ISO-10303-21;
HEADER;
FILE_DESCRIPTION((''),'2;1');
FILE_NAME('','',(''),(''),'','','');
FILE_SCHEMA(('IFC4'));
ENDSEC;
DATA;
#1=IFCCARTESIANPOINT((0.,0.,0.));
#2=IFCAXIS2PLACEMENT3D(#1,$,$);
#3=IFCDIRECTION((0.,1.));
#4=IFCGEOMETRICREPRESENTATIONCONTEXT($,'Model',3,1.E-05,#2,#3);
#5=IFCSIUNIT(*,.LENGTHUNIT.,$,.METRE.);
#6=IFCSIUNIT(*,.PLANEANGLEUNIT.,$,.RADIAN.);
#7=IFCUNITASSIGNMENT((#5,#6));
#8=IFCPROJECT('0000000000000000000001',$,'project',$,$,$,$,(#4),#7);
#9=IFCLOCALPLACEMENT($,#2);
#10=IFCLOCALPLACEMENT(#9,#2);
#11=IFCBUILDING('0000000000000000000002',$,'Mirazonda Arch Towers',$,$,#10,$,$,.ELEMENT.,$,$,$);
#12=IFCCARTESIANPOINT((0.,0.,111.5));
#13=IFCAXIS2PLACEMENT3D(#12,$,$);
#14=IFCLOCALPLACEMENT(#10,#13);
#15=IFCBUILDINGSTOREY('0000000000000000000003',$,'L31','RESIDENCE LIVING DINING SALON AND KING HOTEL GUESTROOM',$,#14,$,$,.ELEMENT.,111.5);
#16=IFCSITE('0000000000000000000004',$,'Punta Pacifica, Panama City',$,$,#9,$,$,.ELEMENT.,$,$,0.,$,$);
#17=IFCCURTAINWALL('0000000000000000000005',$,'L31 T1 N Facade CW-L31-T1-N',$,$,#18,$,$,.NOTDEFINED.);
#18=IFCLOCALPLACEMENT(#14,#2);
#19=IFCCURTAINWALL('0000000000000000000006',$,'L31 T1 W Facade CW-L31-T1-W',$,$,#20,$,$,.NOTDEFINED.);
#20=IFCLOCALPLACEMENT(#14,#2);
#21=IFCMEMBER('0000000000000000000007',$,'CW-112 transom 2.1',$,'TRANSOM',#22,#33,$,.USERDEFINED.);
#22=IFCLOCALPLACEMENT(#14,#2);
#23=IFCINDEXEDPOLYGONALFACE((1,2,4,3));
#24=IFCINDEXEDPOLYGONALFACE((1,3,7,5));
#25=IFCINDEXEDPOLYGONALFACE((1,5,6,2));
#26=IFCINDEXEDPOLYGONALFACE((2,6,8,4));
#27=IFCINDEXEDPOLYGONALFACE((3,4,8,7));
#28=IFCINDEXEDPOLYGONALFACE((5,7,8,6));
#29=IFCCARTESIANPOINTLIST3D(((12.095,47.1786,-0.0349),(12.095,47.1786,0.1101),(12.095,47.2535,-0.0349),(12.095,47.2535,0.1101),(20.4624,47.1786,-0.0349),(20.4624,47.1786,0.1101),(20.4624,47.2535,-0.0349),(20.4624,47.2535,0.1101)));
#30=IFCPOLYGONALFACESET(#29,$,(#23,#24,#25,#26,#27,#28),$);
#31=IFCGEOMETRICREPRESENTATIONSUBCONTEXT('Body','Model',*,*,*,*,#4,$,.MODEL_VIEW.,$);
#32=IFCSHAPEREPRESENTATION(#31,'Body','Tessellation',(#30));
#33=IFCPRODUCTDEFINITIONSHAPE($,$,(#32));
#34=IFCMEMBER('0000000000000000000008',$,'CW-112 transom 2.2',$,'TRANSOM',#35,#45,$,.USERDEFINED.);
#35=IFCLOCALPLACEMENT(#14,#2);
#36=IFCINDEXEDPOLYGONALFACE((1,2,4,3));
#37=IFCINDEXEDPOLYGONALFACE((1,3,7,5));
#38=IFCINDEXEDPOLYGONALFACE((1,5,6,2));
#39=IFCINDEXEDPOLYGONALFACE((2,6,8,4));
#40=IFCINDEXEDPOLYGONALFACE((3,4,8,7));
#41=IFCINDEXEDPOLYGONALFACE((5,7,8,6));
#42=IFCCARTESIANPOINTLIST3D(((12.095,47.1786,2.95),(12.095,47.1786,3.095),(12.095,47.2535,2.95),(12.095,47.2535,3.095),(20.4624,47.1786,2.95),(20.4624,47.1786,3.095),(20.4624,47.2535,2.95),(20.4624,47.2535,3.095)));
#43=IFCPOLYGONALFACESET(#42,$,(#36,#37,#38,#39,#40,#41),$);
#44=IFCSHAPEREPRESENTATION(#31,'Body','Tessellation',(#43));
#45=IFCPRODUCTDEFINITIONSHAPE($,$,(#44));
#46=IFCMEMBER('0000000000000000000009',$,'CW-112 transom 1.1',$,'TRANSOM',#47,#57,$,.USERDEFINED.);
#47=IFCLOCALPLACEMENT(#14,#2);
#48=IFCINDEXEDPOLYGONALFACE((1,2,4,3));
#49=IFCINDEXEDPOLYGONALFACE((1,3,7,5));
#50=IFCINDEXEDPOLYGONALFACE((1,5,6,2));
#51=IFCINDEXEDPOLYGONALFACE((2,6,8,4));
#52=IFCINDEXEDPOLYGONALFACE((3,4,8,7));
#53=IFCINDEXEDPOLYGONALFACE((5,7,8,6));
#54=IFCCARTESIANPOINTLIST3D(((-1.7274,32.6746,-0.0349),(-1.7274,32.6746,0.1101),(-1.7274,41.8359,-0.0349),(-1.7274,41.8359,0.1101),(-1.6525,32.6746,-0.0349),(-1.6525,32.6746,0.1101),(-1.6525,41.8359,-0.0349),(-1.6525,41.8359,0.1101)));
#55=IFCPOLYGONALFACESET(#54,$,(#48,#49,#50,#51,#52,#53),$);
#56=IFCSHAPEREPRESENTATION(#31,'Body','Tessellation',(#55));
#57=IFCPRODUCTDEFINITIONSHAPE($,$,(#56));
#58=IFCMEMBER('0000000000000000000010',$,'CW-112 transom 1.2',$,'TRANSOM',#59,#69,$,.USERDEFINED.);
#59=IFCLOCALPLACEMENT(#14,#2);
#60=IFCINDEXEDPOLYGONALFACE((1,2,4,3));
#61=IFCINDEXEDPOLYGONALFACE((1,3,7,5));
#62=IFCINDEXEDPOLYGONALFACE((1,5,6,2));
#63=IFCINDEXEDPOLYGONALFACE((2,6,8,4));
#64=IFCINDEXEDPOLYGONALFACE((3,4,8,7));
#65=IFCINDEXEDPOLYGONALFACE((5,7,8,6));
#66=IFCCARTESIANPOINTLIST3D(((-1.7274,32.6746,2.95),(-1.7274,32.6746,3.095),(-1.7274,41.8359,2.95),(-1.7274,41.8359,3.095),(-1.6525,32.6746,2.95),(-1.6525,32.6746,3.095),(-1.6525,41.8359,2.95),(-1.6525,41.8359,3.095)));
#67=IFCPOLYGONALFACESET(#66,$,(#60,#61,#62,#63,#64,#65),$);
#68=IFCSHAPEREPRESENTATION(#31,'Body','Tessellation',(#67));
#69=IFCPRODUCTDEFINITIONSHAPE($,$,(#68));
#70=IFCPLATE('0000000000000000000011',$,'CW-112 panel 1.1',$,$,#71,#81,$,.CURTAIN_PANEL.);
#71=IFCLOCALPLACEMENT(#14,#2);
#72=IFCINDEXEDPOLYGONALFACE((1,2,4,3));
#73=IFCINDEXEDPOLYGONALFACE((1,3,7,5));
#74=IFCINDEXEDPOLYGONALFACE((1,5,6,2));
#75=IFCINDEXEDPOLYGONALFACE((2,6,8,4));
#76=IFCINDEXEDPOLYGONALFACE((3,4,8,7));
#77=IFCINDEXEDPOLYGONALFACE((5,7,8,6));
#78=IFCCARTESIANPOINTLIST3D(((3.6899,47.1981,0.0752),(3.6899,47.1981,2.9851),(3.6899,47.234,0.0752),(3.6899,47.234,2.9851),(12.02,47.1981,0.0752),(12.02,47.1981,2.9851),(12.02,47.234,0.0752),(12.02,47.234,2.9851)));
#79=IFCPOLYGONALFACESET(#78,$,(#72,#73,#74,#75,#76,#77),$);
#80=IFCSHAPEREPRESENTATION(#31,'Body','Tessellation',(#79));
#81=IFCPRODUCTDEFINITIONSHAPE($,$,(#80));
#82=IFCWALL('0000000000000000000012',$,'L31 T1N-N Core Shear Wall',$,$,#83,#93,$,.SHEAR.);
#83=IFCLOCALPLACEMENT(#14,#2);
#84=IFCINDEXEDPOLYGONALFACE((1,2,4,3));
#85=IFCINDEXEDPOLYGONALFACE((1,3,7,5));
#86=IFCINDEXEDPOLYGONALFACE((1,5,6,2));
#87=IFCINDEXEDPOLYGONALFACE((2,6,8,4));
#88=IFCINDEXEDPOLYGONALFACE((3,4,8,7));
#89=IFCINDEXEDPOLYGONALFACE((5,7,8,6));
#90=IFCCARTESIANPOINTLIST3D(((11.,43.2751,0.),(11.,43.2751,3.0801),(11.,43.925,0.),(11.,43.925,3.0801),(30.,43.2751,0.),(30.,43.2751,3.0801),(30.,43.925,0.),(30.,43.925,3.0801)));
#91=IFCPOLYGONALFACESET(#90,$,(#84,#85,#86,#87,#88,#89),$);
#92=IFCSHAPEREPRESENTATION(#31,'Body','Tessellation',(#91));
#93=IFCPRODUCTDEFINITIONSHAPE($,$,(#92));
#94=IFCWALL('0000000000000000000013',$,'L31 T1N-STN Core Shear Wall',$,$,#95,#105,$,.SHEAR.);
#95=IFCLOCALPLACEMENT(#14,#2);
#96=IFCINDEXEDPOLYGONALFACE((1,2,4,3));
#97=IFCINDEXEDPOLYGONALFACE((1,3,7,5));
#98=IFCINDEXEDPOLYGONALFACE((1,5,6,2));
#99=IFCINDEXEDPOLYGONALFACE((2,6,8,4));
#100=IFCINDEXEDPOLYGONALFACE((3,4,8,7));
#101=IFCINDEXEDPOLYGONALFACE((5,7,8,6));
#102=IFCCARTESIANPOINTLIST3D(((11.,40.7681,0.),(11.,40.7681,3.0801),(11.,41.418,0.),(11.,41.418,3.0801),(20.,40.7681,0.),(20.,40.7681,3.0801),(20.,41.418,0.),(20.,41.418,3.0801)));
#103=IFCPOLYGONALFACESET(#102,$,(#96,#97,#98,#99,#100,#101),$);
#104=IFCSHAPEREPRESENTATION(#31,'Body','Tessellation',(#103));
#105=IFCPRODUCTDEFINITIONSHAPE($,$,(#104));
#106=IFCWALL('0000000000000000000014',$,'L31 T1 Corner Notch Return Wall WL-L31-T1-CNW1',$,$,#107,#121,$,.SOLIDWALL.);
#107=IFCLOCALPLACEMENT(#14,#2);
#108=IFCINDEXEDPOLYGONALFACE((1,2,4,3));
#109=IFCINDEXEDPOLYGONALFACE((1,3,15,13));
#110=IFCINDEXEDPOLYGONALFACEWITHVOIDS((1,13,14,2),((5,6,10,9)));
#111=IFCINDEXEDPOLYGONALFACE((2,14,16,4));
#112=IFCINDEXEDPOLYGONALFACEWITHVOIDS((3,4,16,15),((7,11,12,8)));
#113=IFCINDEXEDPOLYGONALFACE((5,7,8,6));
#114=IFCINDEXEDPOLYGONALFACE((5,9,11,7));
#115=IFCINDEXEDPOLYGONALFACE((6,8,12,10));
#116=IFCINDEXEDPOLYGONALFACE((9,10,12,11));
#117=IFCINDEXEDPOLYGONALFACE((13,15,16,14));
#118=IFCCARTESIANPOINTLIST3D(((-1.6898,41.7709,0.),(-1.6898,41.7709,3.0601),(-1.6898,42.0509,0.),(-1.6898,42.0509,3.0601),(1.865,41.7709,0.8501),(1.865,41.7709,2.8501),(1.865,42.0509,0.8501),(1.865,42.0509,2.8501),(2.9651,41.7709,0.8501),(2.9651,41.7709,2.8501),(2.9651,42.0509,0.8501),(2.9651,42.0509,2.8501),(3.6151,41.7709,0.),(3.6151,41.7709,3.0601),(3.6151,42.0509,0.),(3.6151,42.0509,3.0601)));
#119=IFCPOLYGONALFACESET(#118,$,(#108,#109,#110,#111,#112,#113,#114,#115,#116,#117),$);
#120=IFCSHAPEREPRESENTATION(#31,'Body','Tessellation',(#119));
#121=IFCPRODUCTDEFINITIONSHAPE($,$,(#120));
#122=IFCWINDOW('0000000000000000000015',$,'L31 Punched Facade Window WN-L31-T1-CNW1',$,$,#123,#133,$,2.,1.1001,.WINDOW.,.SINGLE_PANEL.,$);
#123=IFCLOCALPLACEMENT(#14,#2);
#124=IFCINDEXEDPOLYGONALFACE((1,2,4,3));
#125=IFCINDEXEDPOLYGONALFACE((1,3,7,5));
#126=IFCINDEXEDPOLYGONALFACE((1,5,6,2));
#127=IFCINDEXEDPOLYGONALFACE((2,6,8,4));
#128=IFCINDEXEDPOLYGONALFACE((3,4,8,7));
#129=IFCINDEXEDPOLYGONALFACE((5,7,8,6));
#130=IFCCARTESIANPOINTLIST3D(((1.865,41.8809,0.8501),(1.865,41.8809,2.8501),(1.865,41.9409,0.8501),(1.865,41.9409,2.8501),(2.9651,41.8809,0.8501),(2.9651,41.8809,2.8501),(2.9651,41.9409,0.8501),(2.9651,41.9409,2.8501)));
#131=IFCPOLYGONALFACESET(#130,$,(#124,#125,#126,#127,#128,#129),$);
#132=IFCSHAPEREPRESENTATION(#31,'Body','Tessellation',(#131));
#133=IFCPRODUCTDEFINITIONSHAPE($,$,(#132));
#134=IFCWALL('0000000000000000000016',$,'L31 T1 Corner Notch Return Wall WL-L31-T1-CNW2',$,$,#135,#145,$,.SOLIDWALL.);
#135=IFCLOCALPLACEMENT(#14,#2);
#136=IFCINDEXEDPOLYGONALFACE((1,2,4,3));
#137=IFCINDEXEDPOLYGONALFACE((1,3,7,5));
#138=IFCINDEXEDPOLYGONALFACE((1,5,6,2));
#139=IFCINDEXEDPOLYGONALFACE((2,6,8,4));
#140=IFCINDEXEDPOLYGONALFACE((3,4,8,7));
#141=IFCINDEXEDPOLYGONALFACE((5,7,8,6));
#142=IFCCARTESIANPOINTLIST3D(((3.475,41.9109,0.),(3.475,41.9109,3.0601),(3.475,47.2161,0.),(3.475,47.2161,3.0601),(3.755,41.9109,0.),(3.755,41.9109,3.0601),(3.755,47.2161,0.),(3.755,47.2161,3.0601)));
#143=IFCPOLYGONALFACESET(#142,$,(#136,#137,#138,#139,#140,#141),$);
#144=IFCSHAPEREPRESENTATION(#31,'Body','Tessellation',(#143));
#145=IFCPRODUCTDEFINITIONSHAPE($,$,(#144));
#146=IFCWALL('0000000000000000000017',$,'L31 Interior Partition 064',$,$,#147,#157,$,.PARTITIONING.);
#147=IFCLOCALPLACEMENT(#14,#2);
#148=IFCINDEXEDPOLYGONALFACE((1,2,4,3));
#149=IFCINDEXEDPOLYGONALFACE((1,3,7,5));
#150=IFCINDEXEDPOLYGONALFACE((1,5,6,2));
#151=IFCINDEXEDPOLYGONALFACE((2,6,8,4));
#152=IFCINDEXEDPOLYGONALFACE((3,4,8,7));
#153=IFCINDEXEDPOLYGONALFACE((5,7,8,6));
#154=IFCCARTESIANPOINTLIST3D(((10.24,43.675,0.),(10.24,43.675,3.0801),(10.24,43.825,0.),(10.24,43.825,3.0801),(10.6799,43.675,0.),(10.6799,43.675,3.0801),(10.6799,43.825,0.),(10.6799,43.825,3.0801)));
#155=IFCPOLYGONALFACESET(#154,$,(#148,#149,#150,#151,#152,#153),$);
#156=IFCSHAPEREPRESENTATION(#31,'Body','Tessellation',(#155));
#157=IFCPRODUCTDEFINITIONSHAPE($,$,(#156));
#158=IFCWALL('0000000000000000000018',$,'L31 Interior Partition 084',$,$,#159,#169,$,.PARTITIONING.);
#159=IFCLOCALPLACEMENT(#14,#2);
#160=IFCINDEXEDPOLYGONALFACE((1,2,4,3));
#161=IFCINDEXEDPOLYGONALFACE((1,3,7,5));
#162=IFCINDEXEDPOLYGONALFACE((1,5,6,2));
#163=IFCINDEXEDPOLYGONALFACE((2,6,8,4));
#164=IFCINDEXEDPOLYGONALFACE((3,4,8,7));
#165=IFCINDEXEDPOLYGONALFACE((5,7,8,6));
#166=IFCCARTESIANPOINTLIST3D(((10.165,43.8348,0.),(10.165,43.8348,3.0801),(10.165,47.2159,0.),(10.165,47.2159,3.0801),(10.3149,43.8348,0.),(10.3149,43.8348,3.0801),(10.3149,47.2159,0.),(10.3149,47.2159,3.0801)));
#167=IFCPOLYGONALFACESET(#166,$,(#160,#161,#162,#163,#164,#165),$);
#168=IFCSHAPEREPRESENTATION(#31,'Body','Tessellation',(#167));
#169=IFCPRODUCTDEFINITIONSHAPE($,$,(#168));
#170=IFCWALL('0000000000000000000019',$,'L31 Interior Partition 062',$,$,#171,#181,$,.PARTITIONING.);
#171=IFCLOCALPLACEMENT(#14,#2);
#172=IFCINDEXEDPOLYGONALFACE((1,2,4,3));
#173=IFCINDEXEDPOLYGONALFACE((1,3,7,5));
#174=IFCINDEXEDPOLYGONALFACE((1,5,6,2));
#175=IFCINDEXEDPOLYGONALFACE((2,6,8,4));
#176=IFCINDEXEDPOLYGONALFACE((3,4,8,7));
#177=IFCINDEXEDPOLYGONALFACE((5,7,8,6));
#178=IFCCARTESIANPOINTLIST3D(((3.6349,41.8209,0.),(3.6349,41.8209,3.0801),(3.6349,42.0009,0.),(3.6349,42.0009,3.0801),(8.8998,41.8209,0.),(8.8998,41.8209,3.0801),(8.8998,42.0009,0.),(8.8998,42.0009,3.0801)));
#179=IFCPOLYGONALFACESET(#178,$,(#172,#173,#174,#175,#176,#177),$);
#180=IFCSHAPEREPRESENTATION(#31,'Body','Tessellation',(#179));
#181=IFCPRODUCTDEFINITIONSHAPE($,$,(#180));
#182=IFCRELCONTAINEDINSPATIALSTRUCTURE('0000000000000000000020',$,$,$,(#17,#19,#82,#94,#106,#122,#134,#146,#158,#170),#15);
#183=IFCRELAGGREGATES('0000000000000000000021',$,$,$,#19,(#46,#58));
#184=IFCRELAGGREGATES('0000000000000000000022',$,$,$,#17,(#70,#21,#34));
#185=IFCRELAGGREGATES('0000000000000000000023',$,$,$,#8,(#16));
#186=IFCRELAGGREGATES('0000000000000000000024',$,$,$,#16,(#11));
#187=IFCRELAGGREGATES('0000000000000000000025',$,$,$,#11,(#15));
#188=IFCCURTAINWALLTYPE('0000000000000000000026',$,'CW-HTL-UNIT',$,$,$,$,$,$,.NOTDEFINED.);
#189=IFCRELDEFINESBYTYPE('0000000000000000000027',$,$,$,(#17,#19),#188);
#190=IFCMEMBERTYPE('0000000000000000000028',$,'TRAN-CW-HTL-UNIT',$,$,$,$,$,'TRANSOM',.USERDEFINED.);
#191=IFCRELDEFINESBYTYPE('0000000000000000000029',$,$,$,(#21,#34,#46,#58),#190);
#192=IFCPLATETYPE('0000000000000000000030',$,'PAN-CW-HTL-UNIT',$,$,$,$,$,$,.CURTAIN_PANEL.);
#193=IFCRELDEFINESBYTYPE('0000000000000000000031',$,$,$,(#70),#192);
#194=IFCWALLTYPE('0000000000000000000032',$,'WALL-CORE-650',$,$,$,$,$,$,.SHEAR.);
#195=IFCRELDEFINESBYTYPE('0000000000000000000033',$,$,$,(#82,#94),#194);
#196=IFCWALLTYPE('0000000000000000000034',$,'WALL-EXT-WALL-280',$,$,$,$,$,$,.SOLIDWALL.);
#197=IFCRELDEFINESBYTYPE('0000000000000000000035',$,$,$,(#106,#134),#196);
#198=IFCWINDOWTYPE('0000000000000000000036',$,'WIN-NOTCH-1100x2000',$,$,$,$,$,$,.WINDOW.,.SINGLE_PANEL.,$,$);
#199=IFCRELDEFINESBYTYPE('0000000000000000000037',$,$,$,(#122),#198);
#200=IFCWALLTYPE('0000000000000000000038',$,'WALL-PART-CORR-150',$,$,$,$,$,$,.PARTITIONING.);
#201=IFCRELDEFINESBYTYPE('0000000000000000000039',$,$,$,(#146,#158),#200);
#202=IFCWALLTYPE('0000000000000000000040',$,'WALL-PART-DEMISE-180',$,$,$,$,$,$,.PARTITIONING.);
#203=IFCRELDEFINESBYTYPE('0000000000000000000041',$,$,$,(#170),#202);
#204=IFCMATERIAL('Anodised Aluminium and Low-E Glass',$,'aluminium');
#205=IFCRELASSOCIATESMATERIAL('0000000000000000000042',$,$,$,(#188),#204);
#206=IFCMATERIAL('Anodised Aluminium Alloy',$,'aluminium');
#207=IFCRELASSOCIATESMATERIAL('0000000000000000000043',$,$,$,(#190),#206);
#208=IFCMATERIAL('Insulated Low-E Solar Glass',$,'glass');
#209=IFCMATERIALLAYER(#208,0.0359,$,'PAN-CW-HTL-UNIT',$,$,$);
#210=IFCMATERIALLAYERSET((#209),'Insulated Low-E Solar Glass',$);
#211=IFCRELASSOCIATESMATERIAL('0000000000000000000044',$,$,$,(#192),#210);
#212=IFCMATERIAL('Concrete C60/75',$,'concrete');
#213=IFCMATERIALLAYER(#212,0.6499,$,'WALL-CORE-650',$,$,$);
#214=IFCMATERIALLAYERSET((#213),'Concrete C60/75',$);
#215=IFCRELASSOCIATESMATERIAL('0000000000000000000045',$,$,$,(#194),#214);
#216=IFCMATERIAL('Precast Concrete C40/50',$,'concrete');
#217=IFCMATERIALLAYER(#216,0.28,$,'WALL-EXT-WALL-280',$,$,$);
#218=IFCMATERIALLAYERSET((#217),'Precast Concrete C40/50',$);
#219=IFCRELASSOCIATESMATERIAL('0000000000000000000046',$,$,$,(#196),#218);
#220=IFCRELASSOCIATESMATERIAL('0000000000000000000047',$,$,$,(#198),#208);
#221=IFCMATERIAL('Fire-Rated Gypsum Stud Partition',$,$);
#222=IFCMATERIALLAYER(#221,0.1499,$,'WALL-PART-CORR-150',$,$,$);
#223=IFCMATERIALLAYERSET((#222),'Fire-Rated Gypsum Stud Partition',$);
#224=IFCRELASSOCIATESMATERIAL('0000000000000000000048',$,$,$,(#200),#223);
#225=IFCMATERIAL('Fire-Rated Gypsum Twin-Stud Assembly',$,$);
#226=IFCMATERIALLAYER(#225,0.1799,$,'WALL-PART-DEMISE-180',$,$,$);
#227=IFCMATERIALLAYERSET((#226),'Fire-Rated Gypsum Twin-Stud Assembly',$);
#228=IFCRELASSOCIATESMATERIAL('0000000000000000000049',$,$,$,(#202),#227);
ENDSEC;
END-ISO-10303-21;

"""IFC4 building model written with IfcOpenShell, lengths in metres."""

from ifc_helpers import new_model, si_unit, direction, frame, frame_2d, origin, origin_2d, place, context, subcontext, project, spatial, rectangle, extrude, material, layer, layer_set, material_profile, profile_set, type_object, element, fill, aggregate, save


model = new_model("IFC4")

# Units and contexts
model_context = context("Model", 3, precision=1e-05, world=origin(), true_north=direction((0.0, 1.0)))
body_context = subcontext(model_context, "Body", "Model", "MODEL_VIEW")
ifc_project = project(units=[si_unit("LENGTHUNIT", "METRE"), si_unit("PLANEANGLEUNIT", "RADIAN")], contexts=[model_context])

# Site, building, storey
site_placement = place(None, origin())
site = spatial("IfcSite", under=ifc_project, at=site_placement, Name="Punta Pacifica, Panama City", CompositionType="ELEMENT", RefElevation=0.0)
building_placement = place(site_placement, origin())
building = spatial("IfcBuilding", under=site, at=building_placement, Name="Mirazonda Arch Towers", CompositionType="ELEMENT")
storey_placement = place(building_placement, frame((0.0, 0.0, 111.5)))
storey = spatial("IfcBuildingStorey", under=building, at=storey_placement, Name="L31", Description="RESIDENCE LIVING DINING SALON AND KING HOTEL GUESTROOM", CompositionType="ELEMENT", Elevation=111.5)

# Shared definitions
ifc_material_1 = material(Name="Concrete C60/75", Category="concrete")

# Curtain wall
ifc_material_2 = material(Name="Anodised Aluminium and Low-E Glass", Category="aluminium")
curtain_wall_type = type_object("IfcCurtainWallType", Name="CW-HTL-UNIT", PredefinedType="NOTDEFINED", material=ifc_material_2)
curtain_wall_1_placement = place(storey_placement, origin())
curtain_wall_1 = element("IfcCurtainWall", 1, at=curtain_wall_1_placement, inside=storey, type_object=curtain_wall_type, Name="L31 T1 N Facade CW-L31-T1-N", PredefinedType="NOTDEFINED")
ifc_material_3 = material(Name="Anodised Aluminium Alloy", Category="aluminium")

# Curtain wall
curtain_wall_2_placement = place(storey_placement, origin())
curtain_wall_2 = element("IfcCurtainWall", 2, at=curtain_wall_2_placement, inside=storey, type_object=curtain_wall_type, Name="L31 T1 W Facade CW-L31-T1-W", PredefinedType="NOTDEFINED")

# Members
ifc_material_profile_1 = material_profile(ifc_material_3, rectangle(XDim=0.075, YDim=0.145, at=origin_2d()), Name="ALU-TRAN-75x145")
ifc_profile_set_1 = profile_set([ifc_material_profile_1], Name="Anodised Aluminium Alloy")
member_type_1 = type_object("IfcMemberType", Name="TRAN-CW-HTL-UNIT", ElementType="TRANSOM", PredefinedType="USERDEFINED", material=ifc_profile_set_1)
member_1_placement = place(storey_placement, frame((12.095, 47.2161, 0.0376), z_axis=(1.0, 0.0, 0.0), x_axis=(0.0, 1.0, 0.0)))
member_1 = element("IfcMember", 3, at=member_1_placement, type_object=member_type_1, Name="CW-112 transom 2.1", ObjectType="TRANSOM", PredefinedType="USERDEFINED", context=body_context, shape_type="SweptSolid", body=[
    extrude(rectangle(XDim=0.075, YDim=0.145, at=origin_2d()), origin(), (0.0, 0.0, 1.0), 8.3674),
])
member_2_placement = place(storey_placement, frame((12.095, 47.2161, 3.0225), z_axis=(1.0, 0.0, 0.0), x_axis=(0.0, 1.0, 0.0)))
member_2 = element("IfcMember", 4, at=member_2_placement, type_object=member_type_1, Name="CW-112 transom 2.2", ObjectType="TRANSOM", PredefinedType="USERDEFINED", context=body_context, shape_type="SweptSolid", body=[
    extrude(rectangle(XDim=0.075, YDim=0.145, at=origin_2d()), origin(), (0.0, 0.0, 1.0), 8.3674),
])
member_3_placement = place(storey_placement, frame((-1.6899, 41.8359, 0.0376), z_axis=(0.0, -1.0, 0.0), x_axis=(1.0, 0.0, 0.0)))
member_3 = element("IfcMember", 5, at=member_3_placement, type_object=member_type_1, Name="CW-112 transom 1.1", ObjectType="TRANSOM", PredefinedType="USERDEFINED", context=body_context, shape_type="SweptSolid", body=[
    extrude(rectangle(XDim=0.075, YDim=0.145, at=origin_2d()), origin(), (0.0, 0.0, 1.0), 9.1614),
])
member_4_placement = place(storey_placement, frame((-1.6899, 41.8359, 3.0225), z_axis=(0.0, -1.0, 0.0), x_axis=(1.0, 0.0, 0.0)))
member_4 = element("IfcMember", 6, at=member_4_placement, type_object=member_type_1, Name="CW-112 transom 1.2", ObjectType="TRANSOM", PredefinedType="USERDEFINED", context=body_context, shape_type="SweptSolid", body=[
    extrude(rectangle(XDim=0.075, YDim=0.145, at=origin_2d()), origin(), (0.0, 0.0, 1.0), 9.1614),
])
aggregate(curtain_wall_2, [member_3, member_4])

# Plate
ifc_material_4 = material(Name="Insulated Low-E Solar Glass", Category="glass")
ifc_layer_1 = layer(ifc_material_4, 0.0359, Name="PAN-CW-HTL-UNIT")
ifc_layer_set_1 = layer_set([ifc_layer_1], Name="Insulated Low-E Solar Glass")
plate_type = type_object("IfcPlateType", Name="PAN-CW-HTL-UNIT", PredefinedType="CURTAIN_PANEL", material=ifc_layer_set_1)
plate_placement = place(storey_placement, frame((7.855, 47.2161, 0.0752), z_axis=(0.0, 0.0, 1.0), x_axis=(1.0, 0.0, 0.0)))
plate = element("IfcPlate", 7, at=plate_placement, type_object=plate_type, Name="CW-112 panel 1.1", PredefinedType="CURTAIN_PANEL", context=body_context, shape_type="SweptSolid", body=[
    extrude(rectangle(XDim=8.3301, YDim=0.0359, at=origin_2d()), origin(), (0.0, 0.0, 1.0), 2.9099),
])
aggregate(curtain_wall_1, [plate, member_1, member_2])

# Walls
ifc_layer_2 = layer(ifc_material_1, 0.6499, Name="WALL-CORE-650")
ifc_layer_set_2 = layer_set([ifc_layer_2], Name="Concrete C60/75")
wall_type_1 = type_object("IfcWallType", Name="WALL-CORE-650", PredefinedType="SHEAR", material=ifc_layer_set_2)
wall_1_placement = place(storey_placement, frame((11.0, 43.6001, 0.0), z_axis=(0.0, 0.0, 1.0), x_axis=(1.0, 0.0, 0.0)))
element("IfcWall", 8, at=wall_1_placement, inside=storey, type_object=wall_type_1, Name="L31 T1N-N Core Shear Wall", PredefinedType="SHEAR", context=body_context, shape_type="SweptSolid", body=[
    extrude(rectangle(XDim=19.0, YDim=0.6499, at=frame_2d((9.5, 0.0))), origin(), (0.0, 0.0, 1.0), 3.0801),
])
wall_2_placement = place(storey_placement, frame((11.0, 41.093, 0.0), z_axis=(0.0, 0.0, 1.0), x_axis=(1.0, 0.0, 0.0)))
element("IfcWall", 9, at=wall_2_placement, inside=storey, type_object=wall_type_1, Name="L31 T1N-STN Core Shear Wall", PredefinedType="SHEAR", context=body_context, shape_type="SweptSolid", body=[
    extrude(rectangle(XDim=9.0, YDim=0.6499, at=frame_2d((4.5, 0.0))), origin(), (0.0, 0.0, 1.0), 3.0801),
])

# Wall, opening, window
ifc_material_5 = material(Name="Precast Concrete C40/50", Category="concrete")
ifc_layer_3 = layer(ifc_material_5, 0.28, Name="WALL-EXT-WALL-280")
ifc_layer_set_3 = layer_set([ifc_layer_3], Name="Precast Concrete C40/50")
wall_type_2 = type_object("IfcWallType", Name="WALL-EXT-WALL-280", PredefinedType="SOLIDWALL", material=ifc_layer_set_3)
wall_3_placement = place(storey_placement, frame((3.615, 41.9109, 0.0), z_axis=(0.0, 0.0, 1.0), x_axis=(-1.0, 0.0, 0.0)))
wall_3 = element("IfcWall", 10, at=wall_3_placement, inside=storey, type_object=wall_type_2, Name="L31 T1 Corner Notch Return Wall WL-L31-T1-CNW1", PredefinedType="SOLIDWALL", context=body_context, shape_type="SweptSolid", body=[
    extrude(rectangle(XDim=5.3049, YDim=0.28, at=frame_2d((2.6523, 0.0))), origin(), (0.0, 0.0, 1.0), 3.0601),
])
opening_1_placement = place(wall_3_placement, frame((0.6499, 0.0, 0.8501)))
opening_1 = element("IfcOpeningElement", 11, at=opening_1_placement, cuts=wall_3, PredefinedType="OPENING", context=body_context, shape_type="SweptSolid", body=[
    extrude(rectangle(XDim=1.1001, YDim=2.0, at=frame_2d((0.55, 1.0))), frame((0.0, 0.1499, 0.0), z_axis=(0.0, -1.0, 0.0), x_axis=(1.0, 0.0, 0.0)), (0.0, 0.0, 1.0), 0.3),
])
window_type = type_object("IfcWindowType", Name="WIN-NOTCH-1100x2000", PartitioningType="SINGLE_PANEL", PredefinedType="WINDOW", material=ifc_material_4)
window_placement = place(opening_1_placement, origin())
window = element("IfcWindow", 12, at=window_placement, inside=storey, type_object=window_type, Name="L31 Punched Facade Window WN-L31-T1-CNW1", OverallHeight=2.0, OverallWidth=1.1001, PartitioningType="SINGLE_PANEL", PredefinedType="WINDOW", context=body_context, shape_type="SweptSolid", body=[
    extrude(rectangle(XDim=1.1001, YDim=2.0, at=frame_2d((0.55, 1.0))), frame((0.0, 0.03, 0.0), z_axis=(0.0, -1.0, 0.0), x_axis=(1.0, 0.0, 0.0)), (0.0, 0.0, 1.0), 0.0601),
])
fill(opening_1, window)

# Walls
wall_4_placement = place(storey_placement, frame((3.615, 47.2161, 0.0), z_axis=(0.0, 0.0, 1.0), x_axis=(0.0, -1.0, 0.0)))
element("IfcWall", 13, at=wall_4_placement, inside=storey, type_object=wall_type_2, Name="L31 T1 Corner Notch Return Wall WL-L31-T1-CNW2", PredefinedType="SOLIDWALL", context=body_context, shape_type="SweptSolid", body=[
    extrude(rectangle(XDim=5.3052, YDim=0.28, at=frame_2d((2.6526, 0.0))), origin(), (0.0, 0.0, 1.0), 3.0601),
])
ifc_material_6 = material(Name="Fire-Rated Gypsum Stud Partition")
ifc_layer_4 = layer(ifc_material_6, 0.1499, Name="WALL-PART-CORR-150")
ifc_layer_set_4 = layer_set([ifc_layer_4], Name="Fire-Rated Gypsum Stud Partition")
wall_type_3 = type_object("IfcWallType", Name="WALL-PART-CORR-150", PredefinedType="PARTITIONING", material=ifc_layer_set_4)
wall_5_placement = place(storey_placement, frame((10.24, 43.75, 0.0), z_axis=(0.0, 0.0, 1.0), x_axis=(1.0, 0.0, 0.0)))
element("IfcWall", 14, at=wall_5_placement, inside=storey, type_object=wall_type_3, Name="L31 Interior Partition 064", PredefinedType="PARTITIONING", context=body_context, shape_type="SweptSolid", body=[
    extrude(rectangle(XDim=0.4399, YDim=0.1499, at=frame_2d((0.22, 0.0))), origin(), (0.0, 0.0, 1.0), 3.0801),
])
wall_6_placement = place(storey_placement, frame((10.24, 43.835, 0.0), z_axis=(0.0, 0.0, 1.0), x_axis=(0.0, 1.0, 0.0)))
element("IfcWall", 15, at=wall_6_placement, inside=storey, type_object=wall_type_3, Name="L31 Interior Partition 084", PredefinedType="PARTITIONING", context=body_context, shape_type="SweptSolid", body=[
    extrude(rectangle(XDim=3.3811, YDim=0.1499, at=frame_2d((1.6904, 0.0))), origin(), (0.0, 0.0, 1.0), 3.0801),
])
ifc_material_7 = material(Name="Fire-Rated Gypsum Twin-Stud Assembly")
ifc_layer_5 = layer(ifc_material_7, 0.1799, Name="WALL-PART-DEMISE-180")
ifc_layer_set_5 = layer_set([ifc_layer_5], Name="Fire-Rated Gypsum Twin-Stud Assembly")
wall_type_4 = type_object("IfcWallType", Name="WALL-PART-DEMISE-180", PredefinedType="PARTITIONING", material=ifc_layer_set_5)
wall_7_placement = place(storey_placement, frame((3.635, 41.9109, 0.0), z_axis=(0.0, 0.0, 1.0), x_axis=(1.0, 0.0, 0.0)))
element("IfcWall", 16, at=wall_7_placement, inside=storey, type_object=wall_type_4, Name="L31 Interior Partition 062", PredefinedType="PARTITIONING", context=body_context, shape_type="SweptSolid", body=[
    extrude(rectangle(XDim=5.2649, YDim=0.1799, at=frame_2d((2.6323, 0.0))), origin(), (0.0, 0.0, 1.0), 3.0801),
])

save(model, "model.ifc")
